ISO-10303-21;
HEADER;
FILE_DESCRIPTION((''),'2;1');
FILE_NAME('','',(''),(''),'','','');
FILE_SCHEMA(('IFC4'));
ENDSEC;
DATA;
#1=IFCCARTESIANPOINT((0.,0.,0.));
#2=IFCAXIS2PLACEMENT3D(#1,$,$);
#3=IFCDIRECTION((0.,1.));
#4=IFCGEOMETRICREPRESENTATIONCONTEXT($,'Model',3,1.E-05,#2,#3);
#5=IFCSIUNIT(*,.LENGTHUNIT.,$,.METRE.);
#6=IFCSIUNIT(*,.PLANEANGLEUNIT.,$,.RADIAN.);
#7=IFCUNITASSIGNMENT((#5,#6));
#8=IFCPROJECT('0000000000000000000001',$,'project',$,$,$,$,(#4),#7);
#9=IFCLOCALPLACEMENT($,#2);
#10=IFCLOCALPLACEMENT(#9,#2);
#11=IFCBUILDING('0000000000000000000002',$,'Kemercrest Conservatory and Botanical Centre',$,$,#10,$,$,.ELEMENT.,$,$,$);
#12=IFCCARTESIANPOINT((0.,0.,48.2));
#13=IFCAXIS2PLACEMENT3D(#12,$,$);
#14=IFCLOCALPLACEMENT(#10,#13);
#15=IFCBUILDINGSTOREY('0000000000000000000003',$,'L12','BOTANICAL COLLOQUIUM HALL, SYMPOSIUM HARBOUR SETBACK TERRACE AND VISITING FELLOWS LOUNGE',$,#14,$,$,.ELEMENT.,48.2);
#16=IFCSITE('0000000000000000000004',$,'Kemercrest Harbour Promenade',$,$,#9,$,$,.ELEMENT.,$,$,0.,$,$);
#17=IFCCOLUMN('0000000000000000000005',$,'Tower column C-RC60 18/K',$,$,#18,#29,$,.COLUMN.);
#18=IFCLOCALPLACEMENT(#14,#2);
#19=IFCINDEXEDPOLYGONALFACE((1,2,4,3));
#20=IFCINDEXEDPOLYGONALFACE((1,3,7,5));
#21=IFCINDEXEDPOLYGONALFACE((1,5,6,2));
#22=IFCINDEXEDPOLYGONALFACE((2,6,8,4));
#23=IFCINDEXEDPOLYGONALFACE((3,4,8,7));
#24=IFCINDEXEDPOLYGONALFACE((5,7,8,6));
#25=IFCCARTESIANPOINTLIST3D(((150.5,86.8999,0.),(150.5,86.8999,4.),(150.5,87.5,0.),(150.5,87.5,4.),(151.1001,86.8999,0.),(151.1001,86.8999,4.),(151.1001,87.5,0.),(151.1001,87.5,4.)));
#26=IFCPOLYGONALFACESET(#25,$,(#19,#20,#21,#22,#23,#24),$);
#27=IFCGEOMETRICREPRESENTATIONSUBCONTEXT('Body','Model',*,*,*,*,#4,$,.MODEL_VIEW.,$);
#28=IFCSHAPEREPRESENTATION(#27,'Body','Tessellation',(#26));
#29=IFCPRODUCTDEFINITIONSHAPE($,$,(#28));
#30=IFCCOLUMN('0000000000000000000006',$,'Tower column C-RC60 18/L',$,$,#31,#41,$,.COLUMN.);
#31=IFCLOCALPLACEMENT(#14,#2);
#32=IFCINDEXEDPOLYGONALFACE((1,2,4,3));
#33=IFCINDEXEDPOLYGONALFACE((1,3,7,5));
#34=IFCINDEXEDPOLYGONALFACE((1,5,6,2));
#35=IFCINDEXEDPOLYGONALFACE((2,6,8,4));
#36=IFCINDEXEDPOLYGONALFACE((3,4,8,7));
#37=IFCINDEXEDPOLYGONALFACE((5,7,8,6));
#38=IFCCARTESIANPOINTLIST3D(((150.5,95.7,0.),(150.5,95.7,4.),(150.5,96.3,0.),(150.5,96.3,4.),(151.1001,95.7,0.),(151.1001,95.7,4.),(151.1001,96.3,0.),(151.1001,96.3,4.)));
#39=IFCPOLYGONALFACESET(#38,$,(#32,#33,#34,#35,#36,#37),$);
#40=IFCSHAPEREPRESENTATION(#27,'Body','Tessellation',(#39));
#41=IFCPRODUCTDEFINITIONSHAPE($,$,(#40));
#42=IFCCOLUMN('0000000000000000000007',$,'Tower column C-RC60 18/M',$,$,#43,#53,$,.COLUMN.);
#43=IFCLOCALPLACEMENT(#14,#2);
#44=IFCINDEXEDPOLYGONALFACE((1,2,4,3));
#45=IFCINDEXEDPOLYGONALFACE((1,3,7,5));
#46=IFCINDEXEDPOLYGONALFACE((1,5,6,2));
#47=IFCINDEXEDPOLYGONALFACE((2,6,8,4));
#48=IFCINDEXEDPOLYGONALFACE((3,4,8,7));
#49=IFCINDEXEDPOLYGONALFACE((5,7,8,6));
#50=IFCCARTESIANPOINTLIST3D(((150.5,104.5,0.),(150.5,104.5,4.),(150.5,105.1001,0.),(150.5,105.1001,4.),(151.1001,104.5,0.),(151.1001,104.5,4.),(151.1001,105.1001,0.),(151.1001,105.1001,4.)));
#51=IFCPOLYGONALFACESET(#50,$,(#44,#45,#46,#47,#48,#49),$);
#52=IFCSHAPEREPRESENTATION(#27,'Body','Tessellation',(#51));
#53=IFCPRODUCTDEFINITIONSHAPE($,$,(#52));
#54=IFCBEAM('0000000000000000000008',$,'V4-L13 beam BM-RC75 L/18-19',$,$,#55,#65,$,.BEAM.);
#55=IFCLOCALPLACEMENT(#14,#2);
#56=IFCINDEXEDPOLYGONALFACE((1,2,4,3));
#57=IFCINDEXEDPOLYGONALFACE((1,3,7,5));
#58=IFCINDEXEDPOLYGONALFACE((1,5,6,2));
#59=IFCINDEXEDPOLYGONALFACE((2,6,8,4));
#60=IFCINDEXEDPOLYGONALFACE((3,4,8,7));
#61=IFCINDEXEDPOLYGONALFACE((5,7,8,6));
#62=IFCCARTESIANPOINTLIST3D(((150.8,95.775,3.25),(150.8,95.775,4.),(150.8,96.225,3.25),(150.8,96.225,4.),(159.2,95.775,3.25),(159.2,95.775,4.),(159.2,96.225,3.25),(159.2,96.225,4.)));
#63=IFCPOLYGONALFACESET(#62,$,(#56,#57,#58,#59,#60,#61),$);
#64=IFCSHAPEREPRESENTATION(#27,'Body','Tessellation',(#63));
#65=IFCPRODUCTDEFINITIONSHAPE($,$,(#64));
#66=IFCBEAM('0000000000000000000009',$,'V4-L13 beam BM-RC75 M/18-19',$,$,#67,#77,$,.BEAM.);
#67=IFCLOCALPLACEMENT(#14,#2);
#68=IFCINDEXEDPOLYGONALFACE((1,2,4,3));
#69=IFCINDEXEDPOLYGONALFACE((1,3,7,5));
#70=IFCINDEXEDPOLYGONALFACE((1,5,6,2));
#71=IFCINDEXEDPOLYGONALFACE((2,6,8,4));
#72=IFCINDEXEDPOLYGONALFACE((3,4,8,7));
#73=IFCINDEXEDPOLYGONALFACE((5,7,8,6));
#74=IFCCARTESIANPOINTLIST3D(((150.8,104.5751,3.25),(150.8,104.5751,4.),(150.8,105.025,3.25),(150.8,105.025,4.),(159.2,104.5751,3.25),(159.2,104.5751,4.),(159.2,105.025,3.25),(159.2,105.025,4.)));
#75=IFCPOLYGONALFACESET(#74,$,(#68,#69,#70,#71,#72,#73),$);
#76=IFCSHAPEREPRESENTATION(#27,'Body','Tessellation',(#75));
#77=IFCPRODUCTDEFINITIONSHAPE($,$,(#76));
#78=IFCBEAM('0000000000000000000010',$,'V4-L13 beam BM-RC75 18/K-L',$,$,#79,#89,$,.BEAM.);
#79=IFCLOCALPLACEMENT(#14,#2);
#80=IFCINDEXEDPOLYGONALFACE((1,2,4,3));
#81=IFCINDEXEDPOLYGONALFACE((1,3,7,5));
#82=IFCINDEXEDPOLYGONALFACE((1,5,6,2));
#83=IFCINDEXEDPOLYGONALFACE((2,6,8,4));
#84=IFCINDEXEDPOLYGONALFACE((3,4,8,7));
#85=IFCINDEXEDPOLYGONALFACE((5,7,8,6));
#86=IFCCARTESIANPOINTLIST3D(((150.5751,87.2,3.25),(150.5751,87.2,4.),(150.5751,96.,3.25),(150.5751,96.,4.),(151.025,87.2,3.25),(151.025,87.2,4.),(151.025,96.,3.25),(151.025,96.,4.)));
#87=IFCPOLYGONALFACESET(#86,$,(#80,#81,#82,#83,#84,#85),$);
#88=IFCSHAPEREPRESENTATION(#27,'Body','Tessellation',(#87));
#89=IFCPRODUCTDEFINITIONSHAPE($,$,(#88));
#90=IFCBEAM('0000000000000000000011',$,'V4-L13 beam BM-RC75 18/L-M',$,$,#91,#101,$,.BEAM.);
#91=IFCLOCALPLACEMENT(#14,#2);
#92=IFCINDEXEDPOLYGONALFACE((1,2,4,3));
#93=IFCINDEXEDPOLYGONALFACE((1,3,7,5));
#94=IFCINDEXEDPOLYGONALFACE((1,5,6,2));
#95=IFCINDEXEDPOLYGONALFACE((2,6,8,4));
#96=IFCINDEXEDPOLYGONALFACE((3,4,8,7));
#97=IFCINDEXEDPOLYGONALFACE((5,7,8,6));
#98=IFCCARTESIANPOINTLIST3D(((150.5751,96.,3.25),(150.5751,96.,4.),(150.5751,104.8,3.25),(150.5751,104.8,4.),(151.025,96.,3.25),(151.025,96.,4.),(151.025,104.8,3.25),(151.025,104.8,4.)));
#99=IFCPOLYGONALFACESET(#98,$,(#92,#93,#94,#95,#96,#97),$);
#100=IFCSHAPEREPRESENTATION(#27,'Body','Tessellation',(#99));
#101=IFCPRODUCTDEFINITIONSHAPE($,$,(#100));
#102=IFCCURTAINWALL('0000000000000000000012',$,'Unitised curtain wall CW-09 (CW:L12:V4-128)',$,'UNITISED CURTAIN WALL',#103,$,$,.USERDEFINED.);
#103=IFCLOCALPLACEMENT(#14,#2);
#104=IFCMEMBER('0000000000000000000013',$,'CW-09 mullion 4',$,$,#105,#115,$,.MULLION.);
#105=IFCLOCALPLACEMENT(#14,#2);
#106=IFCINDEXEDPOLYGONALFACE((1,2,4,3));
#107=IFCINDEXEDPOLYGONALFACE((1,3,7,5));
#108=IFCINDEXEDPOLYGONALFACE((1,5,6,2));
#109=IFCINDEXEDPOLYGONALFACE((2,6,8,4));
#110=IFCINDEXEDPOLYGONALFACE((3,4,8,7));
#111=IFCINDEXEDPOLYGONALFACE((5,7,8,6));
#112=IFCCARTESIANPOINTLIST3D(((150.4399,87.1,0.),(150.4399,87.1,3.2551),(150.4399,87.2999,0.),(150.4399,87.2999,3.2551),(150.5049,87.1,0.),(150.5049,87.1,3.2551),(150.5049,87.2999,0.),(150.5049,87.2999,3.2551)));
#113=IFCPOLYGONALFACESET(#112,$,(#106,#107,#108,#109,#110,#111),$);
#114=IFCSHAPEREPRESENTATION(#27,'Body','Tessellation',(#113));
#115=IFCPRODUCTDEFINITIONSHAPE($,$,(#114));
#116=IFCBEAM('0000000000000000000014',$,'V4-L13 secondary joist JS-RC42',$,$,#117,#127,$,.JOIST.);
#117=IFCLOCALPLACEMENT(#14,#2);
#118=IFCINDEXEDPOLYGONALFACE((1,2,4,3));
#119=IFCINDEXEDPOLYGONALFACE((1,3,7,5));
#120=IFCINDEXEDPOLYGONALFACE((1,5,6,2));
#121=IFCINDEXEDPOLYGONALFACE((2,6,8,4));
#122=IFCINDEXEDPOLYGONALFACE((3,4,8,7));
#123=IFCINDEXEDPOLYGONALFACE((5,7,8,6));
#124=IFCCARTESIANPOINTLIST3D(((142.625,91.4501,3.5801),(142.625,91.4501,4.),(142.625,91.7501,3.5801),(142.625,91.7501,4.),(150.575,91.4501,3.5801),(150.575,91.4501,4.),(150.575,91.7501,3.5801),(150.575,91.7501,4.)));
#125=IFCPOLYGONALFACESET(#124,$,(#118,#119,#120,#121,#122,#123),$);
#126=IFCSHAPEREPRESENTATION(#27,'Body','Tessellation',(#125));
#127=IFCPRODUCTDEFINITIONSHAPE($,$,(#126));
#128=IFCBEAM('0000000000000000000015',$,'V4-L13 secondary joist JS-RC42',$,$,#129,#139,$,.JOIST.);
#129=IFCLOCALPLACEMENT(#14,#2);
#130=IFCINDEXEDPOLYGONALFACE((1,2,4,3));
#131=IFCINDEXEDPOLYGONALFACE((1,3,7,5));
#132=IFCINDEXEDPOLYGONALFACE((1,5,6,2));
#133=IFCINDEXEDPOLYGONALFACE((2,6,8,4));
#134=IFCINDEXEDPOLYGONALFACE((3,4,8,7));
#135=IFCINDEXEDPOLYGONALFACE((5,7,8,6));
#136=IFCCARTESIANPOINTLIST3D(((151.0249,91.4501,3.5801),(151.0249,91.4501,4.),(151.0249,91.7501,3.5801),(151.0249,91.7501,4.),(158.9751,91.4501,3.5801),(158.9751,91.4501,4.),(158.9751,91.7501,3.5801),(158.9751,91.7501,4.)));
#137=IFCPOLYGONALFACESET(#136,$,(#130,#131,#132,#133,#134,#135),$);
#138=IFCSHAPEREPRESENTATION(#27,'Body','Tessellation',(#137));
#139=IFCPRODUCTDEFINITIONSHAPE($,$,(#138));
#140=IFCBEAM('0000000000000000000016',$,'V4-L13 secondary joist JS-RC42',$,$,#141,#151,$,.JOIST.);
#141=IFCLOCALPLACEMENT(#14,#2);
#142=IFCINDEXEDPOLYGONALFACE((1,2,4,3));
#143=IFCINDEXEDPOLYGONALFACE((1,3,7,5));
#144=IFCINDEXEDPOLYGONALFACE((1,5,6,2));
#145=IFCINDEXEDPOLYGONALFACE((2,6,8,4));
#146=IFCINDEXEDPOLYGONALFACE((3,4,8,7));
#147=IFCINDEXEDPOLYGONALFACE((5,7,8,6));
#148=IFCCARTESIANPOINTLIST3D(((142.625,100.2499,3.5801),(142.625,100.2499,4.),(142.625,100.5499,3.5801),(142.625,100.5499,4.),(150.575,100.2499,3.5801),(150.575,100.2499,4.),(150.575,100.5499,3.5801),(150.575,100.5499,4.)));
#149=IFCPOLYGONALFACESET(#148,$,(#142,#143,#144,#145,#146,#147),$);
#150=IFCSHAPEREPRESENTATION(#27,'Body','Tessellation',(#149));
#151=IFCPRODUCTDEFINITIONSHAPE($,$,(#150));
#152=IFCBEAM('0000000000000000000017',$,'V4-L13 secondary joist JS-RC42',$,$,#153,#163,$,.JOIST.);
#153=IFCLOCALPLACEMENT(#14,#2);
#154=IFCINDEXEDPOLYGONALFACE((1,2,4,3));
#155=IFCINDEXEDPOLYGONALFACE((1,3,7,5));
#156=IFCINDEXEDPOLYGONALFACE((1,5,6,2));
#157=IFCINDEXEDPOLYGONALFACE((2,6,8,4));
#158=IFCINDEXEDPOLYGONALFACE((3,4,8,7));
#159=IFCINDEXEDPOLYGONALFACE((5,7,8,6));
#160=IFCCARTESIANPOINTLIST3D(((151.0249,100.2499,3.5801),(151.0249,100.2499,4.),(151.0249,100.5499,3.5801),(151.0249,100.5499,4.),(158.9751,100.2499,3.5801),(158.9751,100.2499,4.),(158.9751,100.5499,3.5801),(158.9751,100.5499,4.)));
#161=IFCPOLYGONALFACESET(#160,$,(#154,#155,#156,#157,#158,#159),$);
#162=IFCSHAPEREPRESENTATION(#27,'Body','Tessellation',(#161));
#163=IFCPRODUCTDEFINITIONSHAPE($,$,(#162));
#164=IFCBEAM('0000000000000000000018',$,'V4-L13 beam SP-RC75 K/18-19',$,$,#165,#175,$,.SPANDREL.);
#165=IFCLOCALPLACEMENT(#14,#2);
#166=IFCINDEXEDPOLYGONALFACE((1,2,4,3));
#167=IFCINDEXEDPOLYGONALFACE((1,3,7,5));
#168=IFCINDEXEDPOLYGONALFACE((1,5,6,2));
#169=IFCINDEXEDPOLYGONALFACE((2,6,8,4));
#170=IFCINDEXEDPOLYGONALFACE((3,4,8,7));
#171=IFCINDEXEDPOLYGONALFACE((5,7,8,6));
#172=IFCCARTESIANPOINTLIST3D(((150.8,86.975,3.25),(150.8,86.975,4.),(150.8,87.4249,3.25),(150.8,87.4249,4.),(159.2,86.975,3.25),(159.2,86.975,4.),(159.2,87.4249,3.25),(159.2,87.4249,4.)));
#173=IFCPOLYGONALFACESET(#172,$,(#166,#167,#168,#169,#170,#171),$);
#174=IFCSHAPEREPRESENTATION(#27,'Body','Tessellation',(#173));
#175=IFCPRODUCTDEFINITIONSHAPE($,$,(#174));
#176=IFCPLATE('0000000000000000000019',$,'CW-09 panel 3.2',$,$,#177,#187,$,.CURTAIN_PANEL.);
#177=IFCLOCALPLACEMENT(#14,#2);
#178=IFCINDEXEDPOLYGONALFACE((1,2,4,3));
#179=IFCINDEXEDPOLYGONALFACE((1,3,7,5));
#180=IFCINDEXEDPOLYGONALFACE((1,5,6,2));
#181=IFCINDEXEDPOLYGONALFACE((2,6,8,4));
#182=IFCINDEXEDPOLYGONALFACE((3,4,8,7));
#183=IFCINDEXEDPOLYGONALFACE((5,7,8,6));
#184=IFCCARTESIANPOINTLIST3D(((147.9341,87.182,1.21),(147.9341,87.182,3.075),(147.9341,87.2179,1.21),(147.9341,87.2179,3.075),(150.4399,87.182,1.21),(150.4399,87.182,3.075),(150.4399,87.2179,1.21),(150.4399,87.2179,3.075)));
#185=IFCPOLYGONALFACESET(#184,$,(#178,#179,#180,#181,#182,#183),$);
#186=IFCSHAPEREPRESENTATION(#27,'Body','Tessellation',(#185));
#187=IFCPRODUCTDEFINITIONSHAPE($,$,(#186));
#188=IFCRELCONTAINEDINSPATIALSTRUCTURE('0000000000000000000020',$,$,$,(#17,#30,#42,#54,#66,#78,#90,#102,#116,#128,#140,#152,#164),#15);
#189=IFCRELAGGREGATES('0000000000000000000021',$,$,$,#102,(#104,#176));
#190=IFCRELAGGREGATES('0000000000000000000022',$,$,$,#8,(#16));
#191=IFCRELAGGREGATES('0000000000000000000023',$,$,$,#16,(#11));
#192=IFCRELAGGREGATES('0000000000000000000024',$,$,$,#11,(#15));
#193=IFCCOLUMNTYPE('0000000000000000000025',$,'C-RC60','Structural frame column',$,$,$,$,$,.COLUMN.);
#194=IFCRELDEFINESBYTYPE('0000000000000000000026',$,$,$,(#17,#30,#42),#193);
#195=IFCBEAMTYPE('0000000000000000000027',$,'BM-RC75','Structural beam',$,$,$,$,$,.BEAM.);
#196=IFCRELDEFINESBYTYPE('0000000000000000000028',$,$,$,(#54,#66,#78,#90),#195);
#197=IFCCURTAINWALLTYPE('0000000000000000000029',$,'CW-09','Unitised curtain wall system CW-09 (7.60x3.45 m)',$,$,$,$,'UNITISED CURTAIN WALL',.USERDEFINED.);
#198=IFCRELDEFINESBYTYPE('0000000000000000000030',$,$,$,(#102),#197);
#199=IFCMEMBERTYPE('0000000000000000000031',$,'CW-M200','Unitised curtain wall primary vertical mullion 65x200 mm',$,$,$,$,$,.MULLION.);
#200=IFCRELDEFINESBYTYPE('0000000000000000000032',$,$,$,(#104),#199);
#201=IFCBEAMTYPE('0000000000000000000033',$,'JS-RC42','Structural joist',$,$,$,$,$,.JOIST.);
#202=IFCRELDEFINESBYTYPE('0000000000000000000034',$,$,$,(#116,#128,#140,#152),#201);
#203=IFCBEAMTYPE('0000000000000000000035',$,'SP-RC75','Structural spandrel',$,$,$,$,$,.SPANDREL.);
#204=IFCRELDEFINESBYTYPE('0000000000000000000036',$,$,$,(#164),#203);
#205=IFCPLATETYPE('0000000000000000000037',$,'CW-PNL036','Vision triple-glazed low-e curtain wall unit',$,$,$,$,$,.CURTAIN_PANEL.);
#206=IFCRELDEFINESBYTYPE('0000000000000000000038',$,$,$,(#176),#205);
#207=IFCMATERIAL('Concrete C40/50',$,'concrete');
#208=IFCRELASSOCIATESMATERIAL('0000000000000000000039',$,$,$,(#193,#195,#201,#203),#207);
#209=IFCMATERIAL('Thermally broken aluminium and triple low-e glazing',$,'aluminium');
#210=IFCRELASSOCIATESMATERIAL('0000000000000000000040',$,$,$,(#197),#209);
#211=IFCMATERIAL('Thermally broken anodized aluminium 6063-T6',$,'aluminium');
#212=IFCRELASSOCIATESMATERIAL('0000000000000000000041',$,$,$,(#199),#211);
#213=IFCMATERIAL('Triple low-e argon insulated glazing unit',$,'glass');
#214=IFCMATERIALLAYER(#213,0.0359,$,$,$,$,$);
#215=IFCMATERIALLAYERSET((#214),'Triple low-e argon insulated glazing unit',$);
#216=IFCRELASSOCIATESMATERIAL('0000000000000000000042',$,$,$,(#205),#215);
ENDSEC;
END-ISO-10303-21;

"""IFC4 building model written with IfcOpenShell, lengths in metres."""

from ifc_helpers import new_model, si_unit, direction, frame, origin, origin_2d, place, context, subcontext, project, spatial, rectangle, extrude, material, layer, layer_set, material_profile, profile_set, type_object, element, aggregate, save


model = new_model("IFC4")

# Units and contexts
model_context = context("Model", 3, precision=1e-05, world=origin(), true_north=direction((0.0, 1.0)))
body_context = subcontext(model_context, "Body", "Model", "MODEL_VIEW")
ifc_project = project(units=[si_unit("LENGTHUNIT", "METRE"), si_unit("PLANEANGLEUNIT", "RADIAN")], contexts=[model_context])

# Site, building, storey
site_placement = place(None, origin())
site = spatial("IfcSite", under=ifc_project, at=site_placement, Name="Kemercrest Harbour Promenade", CompositionType="ELEMENT", RefElevation=0.0)
building_placement = place(site_placement, origin())
building = spatial("IfcBuilding", under=site, at=building_placement, Name="Kemercrest Conservatory and Botanical Centre", CompositionType="ELEMENT")
storey_placement = place(building_placement, frame((0.0, 0.0, 48.2)))
storey = spatial("IfcBuildingStorey", under=building, at=storey_placement, Name="L12", Description="BOTANICAL COLLOQUIUM HALL, SYMPOSIUM HARBOUR SETBACK TERRACE AND VISITING FELLOWS LOUNGE", CompositionType="ELEMENT", Elevation=48.2)

# Columns
ifc_material_1 = material(Name="Concrete C40/50", Category="concrete")
ifc_material_profile_1 = material_profile(ifc_material_1, rectangle(XDim=0.6001, YDim=0.6001, at=origin_2d()), Name="RC 600x600")
ifc_profile_set_1 = profile_set([ifc_material_profile_1], Name="Concrete C40/50")
column_type = type_object("IfcColumnType", Name="C-RC60", Description="Structural frame column", PredefinedType="COLUMN", material=ifc_profile_set_1)
for number, where, z_axis, x_axis, name in (
    (1, (150.8, 87.2, 0.0), (0.0, 0.0, 1.0), (1.0, 0.0, 0.0), "Tower column C-RC60 18/K"),
    (2, (150.8, 96.0, 0.0), (0.0, 0.0, 1.0), (1.0, 0.0, 0.0), "Tower column C-RC60 18/L"),
    (3, (150.8, 104.8, 0.0), (0.0, 0.0, 1.0), (1.0, 0.0, 0.0), "Tower column C-RC60 18/M"),
):
    element("IfcColumn", number, at=place(storey_placement, frame(where, z_axis=z_axis, x_axis=x_axis)), inside=storey, type_object=column_type, Name=name, PredefinedType="COLUMN", context=body_context, shape_type="SweptSolid", body=[
        extrude(rectangle(XDim=0.6001, YDim=0.6001, at=origin_2d()), origin(), (0.0, 0.0, 1.0), 4.0),
    ])

# Beams
ifc_material_profile_2 = material_profile(ifc_material_1, rectangle(XDim=0.45, YDim=0.75, at=origin_2d()), Name="RC 450x750")
ifc_profile_set_2 = profile_set([ifc_material_profile_2], Name="Concrete C40/50")
beam_type_1 = type_object("IfcBeamType", Name="BM-RC75", Description="Structural beam", PredefinedType="BEAM", material=ifc_profile_set_2)
for number, where, z_axis, x_axis, name in (
    (4, (150.8, 96.0, 3.625), (1.0, 0.0, 0.0), (0.0, 1.0, 0.0), "V4-L13 beam BM-RC75 L/18-19"),
    (5, (150.8, 104.8, 3.625), (1.0, 0.0, 0.0), (0.0, 1.0, 0.0), "V4-L13 beam BM-RC75 M/18-19"),
):
    element("IfcBeam", number, at=place(storey_placement, frame(where, z_axis=z_axis, x_axis=x_axis)), inside=storey, type_object=beam_type_1, Name=name, PredefinedType="BEAM", context=body_context, shape_type="SweptSolid", body=[
        extrude(rectangle(XDim=0.45, YDim=0.75, at=origin_2d()), origin(), (0.0, 0.0, 1.0), 8.3999),
    ])
for number, where, z_axis, x_axis, name in (
    (6, (150.8, 87.2, 3.625), (0.0, 1.0, 0.0), (-1.0, 0.0, 0.0), "V4-L13 beam BM-RC75 18/K-L"),
    (7, (150.8, 96.0, 3.625), (0.0, 1.0, 0.0), (-1.0, 0.0, 0.0), "V4-L13 beam BM-RC75 18/L-M"),
):
    element("IfcBeam", number, at=place(storey_placement, frame(where, z_axis=z_axis, x_axis=x_axis)), inside=storey, type_object=beam_type_1, Name=name, PredefinedType="BEAM", context=body_context, shape_type="SweptSolid", body=[
        extrude(rectangle(XDim=0.45, YDim=0.75, at=origin_2d()), origin(), (0.0, 0.0, 1.0), 8.8),
    ])

# Curtain wall, member
ifc_material_2 = material(Name="Thermally broken aluminium and triple low-e glazing", Category="aluminium")
curtain_wall_type = type_object("IfcCurtainWallType", Name="CW-09", Description="Unitised curtain wall system CW-09 (7.60x3.45 m)", ElementType="UNITISED CURTAIN WALL", PredefinedType="USERDEFINED", material=ifc_material_2)
curtain_wall_placement = place(storey_placement, origin())
curtain_wall = element("IfcCurtainWall", 8, at=curtain_wall_placement, inside=storey, type_object=curtain_wall_type, Name="Unitised curtain wall CW-09 (CW:L12:V4-128)", ObjectType="UNITISED CURTAIN WALL", PredefinedType="USERDEFINED")
ifc_material_3 = material(Name="Thermally broken anodized aluminium 6063-T6", Category="aluminium")
ifc_material_profile_3 = material_profile(ifc_material_3, rectangle(XDim=0.2, YDim=0.0649, at=origin_2d()), Name="AL MULLION 65x200")
ifc_profile_set_3 = profile_set([ifc_material_profile_3], Name="Thermally broken anodized aluminium 6063-T6")
member_type = type_object("IfcMemberType", Name="CW-M200", Description="Unitised curtain wall primary vertical mullion 65x200 mm", PredefinedType="MULLION", material=ifc_profile_set_3)
member_placement = place(storey_placement, frame((150.4724, 87.2, 0.0), z_axis=(0.0, 0.0, 1.0), x_axis=(0.0, 1.0, 0.0)))
member = element("IfcMember", 9, at=member_placement, type_object=member_type, Name="CW-09 mullion 4", PredefinedType="MULLION", context=body_context, shape_type="SweptSolid", body=[
    extrude(rectangle(XDim=0.2, YDim=0.0649, at=origin_2d()), origin(), (0.0, 0.0, 1.0), 3.2551),
])

# Beams
ifc_material_profile_4 = material_profile(ifc_material_1, rectangle(XDim=0.3, YDim=0.4199, at=origin_2d()), Name="RC 300x420")
ifc_profile_set_4 = profile_set([ifc_material_profile_4], Name="Concrete C40/50")
beam_type_2 = type_object("IfcBeamType", Name="JS-RC42", Description="Structural joist", PredefinedType="JOIST", material=ifc_profile_set_4)
beam_1_placement = place(storey_placement, frame((142.625, 91.6001, 3.79), z_axis=(1.0, 0.0, 0.0), x_axis=(0.0, 1.0, 0.0)))
element("IfcBeam", 10, at=beam_1_placement, inside=storey, type_object=beam_type_2, Name="V4-L13 secondary joist JS-RC42", PredefinedType="JOIST", context=body_context, shape_type="SweptSolid", body=[
    extrude(rectangle(XDim=0.3, YDim=0.4199, at=origin_2d()), origin(), (0.0, 0.0, 1.0), 7.95),
])
beam_2_placement = place(storey_placement, frame((151.0249, 91.6001, 3.79), z_axis=(1.0, 0.0, 0.0), x_axis=(0.0, 1.0, 0.0)))
element("IfcBeam", 11, at=beam_2_placement, inside=storey, type_object=beam_type_2, Name="V4-L13 secondary joist JS-RC42", PredefinedType="JOIST", context=body_context, shape_type="SweptSolid", body=[
    extrude(rectangle(XDim=0.3, YDim=0.4199, at=origin_2d()), origin(), (0.0, 0.0, 1.0), 7.9502),
])
beam_3_placement = place(storey_placement, frame((142.625, 100.3999, 3.79), z_axis=(1.0, 0.0, 0.0), x_axis=(0.0, 1.0, 0.0)))
element("IfcBeam", 12, at=beam_3_placement, inside=storey, type_object=beam_type_2, Name="V4-L13 secondary joist JS-RC42", PredefinedType="JOIST", context=body_context, shape_type="SweptSolid", body=[
    extrude(rectangle(XDim=0.3, YDim=0.4199, at=origin_2d()), origin(), (0.0, 0.0, 1.0), 7.95),
])
beam_4_placement = place(storey_placement, frame((151.0249, 100.3999, 3.79), z_axis=(1.0, 0.0, 0.0), x_axis=(0.0, 1.0, 0.0)))
element("IfcBeam", 13, at=beam_4_placement, inside=storey, type_object=beam_type_2, Name="V4-L13 secondary joist JS-RC42", PredefinedType="JOIST", context=body_context, shape_type="SweptSolid", body=[
    extrude(rectangle(XDim=0.3, YDim=0.4199, at=origin_2d()), origin(), (0.0, 0.0, 1.0), 7.9502),
])
ifc_material_profile_5 = material_profile(ifc_material_1, rectangle(XDim=0.45, YDim=0.75, at=origin_2d()), Name="RC 450x750")
ifc_profile_set_5 = profile_set([ifc_material_profile_5], Name="Concrete C40/50")
beam_type_3 = type_object("IfcBeamType", Name="SP-RC75", Description="Structural spandrel", PredefinedType="SPANDREL", material=ifc_profile_set_5)
beam_5_placement = place(storey_placement, frame((150.8, 87.2, 3.625), z_axis=(1.0, 0.0, 0.0), x_axis=(0.0, 1.0, 0.0)))
element("IfcBeam", 14, at=beam_5_placement, inside=storey, type_object=beam_type_3, Name="V4-L13 beam SP-RC75 K/18-19", PredefinedType="SPANDREL", context=body_context, shape_type="SweptSolid", body=[
    extrude(rectangle(XDim=0.45, YDim=0.75, at=origin_2d()), origin(), (0.0, 0.0, 1.0), 8.3999),
])

# Plate
ifc_material_4 = material(Name="Triple low-e argon insulated glazing unit", Category="glass")
ifc_layer_1 = layer(ifc_material_4, 0.0359)
ifc_layer_set_1 = layer_set([ifc_layer_1], Name="Triple low-e argon insulated glazing unit")
plate_type = type_object("IfcPlateType", Name="CW-PNL036", Description="Vision triple-glazed low-e curtain wall unit", PredefinedType="CURTAIN_PANEL", material=ifc_layer_set_1)
plate_placement = place(storey_placement, frame((149.187, 87.2, 1.21), z_axis=(0.0, 0.0, 1.0), x_axis=(1.0, 0.0, 0.0)))
plate = element("IfcPlate", 15, at=plate_placement, type_object=plate_type, Name="CW-09 panel 3.2", PredefinedType="CURTAIN_PANEL", context=body_context, shape_type="SweptSolid", body=[
    extrude(rectangle(XDim=2.5059, YDim=0.0359, at=origin_2d()), origin(), (0.0, 0.0, 1.0), 1.865),
])
aggregate(curtain_wall, [member, plate])

save(model, "model.ifc")
